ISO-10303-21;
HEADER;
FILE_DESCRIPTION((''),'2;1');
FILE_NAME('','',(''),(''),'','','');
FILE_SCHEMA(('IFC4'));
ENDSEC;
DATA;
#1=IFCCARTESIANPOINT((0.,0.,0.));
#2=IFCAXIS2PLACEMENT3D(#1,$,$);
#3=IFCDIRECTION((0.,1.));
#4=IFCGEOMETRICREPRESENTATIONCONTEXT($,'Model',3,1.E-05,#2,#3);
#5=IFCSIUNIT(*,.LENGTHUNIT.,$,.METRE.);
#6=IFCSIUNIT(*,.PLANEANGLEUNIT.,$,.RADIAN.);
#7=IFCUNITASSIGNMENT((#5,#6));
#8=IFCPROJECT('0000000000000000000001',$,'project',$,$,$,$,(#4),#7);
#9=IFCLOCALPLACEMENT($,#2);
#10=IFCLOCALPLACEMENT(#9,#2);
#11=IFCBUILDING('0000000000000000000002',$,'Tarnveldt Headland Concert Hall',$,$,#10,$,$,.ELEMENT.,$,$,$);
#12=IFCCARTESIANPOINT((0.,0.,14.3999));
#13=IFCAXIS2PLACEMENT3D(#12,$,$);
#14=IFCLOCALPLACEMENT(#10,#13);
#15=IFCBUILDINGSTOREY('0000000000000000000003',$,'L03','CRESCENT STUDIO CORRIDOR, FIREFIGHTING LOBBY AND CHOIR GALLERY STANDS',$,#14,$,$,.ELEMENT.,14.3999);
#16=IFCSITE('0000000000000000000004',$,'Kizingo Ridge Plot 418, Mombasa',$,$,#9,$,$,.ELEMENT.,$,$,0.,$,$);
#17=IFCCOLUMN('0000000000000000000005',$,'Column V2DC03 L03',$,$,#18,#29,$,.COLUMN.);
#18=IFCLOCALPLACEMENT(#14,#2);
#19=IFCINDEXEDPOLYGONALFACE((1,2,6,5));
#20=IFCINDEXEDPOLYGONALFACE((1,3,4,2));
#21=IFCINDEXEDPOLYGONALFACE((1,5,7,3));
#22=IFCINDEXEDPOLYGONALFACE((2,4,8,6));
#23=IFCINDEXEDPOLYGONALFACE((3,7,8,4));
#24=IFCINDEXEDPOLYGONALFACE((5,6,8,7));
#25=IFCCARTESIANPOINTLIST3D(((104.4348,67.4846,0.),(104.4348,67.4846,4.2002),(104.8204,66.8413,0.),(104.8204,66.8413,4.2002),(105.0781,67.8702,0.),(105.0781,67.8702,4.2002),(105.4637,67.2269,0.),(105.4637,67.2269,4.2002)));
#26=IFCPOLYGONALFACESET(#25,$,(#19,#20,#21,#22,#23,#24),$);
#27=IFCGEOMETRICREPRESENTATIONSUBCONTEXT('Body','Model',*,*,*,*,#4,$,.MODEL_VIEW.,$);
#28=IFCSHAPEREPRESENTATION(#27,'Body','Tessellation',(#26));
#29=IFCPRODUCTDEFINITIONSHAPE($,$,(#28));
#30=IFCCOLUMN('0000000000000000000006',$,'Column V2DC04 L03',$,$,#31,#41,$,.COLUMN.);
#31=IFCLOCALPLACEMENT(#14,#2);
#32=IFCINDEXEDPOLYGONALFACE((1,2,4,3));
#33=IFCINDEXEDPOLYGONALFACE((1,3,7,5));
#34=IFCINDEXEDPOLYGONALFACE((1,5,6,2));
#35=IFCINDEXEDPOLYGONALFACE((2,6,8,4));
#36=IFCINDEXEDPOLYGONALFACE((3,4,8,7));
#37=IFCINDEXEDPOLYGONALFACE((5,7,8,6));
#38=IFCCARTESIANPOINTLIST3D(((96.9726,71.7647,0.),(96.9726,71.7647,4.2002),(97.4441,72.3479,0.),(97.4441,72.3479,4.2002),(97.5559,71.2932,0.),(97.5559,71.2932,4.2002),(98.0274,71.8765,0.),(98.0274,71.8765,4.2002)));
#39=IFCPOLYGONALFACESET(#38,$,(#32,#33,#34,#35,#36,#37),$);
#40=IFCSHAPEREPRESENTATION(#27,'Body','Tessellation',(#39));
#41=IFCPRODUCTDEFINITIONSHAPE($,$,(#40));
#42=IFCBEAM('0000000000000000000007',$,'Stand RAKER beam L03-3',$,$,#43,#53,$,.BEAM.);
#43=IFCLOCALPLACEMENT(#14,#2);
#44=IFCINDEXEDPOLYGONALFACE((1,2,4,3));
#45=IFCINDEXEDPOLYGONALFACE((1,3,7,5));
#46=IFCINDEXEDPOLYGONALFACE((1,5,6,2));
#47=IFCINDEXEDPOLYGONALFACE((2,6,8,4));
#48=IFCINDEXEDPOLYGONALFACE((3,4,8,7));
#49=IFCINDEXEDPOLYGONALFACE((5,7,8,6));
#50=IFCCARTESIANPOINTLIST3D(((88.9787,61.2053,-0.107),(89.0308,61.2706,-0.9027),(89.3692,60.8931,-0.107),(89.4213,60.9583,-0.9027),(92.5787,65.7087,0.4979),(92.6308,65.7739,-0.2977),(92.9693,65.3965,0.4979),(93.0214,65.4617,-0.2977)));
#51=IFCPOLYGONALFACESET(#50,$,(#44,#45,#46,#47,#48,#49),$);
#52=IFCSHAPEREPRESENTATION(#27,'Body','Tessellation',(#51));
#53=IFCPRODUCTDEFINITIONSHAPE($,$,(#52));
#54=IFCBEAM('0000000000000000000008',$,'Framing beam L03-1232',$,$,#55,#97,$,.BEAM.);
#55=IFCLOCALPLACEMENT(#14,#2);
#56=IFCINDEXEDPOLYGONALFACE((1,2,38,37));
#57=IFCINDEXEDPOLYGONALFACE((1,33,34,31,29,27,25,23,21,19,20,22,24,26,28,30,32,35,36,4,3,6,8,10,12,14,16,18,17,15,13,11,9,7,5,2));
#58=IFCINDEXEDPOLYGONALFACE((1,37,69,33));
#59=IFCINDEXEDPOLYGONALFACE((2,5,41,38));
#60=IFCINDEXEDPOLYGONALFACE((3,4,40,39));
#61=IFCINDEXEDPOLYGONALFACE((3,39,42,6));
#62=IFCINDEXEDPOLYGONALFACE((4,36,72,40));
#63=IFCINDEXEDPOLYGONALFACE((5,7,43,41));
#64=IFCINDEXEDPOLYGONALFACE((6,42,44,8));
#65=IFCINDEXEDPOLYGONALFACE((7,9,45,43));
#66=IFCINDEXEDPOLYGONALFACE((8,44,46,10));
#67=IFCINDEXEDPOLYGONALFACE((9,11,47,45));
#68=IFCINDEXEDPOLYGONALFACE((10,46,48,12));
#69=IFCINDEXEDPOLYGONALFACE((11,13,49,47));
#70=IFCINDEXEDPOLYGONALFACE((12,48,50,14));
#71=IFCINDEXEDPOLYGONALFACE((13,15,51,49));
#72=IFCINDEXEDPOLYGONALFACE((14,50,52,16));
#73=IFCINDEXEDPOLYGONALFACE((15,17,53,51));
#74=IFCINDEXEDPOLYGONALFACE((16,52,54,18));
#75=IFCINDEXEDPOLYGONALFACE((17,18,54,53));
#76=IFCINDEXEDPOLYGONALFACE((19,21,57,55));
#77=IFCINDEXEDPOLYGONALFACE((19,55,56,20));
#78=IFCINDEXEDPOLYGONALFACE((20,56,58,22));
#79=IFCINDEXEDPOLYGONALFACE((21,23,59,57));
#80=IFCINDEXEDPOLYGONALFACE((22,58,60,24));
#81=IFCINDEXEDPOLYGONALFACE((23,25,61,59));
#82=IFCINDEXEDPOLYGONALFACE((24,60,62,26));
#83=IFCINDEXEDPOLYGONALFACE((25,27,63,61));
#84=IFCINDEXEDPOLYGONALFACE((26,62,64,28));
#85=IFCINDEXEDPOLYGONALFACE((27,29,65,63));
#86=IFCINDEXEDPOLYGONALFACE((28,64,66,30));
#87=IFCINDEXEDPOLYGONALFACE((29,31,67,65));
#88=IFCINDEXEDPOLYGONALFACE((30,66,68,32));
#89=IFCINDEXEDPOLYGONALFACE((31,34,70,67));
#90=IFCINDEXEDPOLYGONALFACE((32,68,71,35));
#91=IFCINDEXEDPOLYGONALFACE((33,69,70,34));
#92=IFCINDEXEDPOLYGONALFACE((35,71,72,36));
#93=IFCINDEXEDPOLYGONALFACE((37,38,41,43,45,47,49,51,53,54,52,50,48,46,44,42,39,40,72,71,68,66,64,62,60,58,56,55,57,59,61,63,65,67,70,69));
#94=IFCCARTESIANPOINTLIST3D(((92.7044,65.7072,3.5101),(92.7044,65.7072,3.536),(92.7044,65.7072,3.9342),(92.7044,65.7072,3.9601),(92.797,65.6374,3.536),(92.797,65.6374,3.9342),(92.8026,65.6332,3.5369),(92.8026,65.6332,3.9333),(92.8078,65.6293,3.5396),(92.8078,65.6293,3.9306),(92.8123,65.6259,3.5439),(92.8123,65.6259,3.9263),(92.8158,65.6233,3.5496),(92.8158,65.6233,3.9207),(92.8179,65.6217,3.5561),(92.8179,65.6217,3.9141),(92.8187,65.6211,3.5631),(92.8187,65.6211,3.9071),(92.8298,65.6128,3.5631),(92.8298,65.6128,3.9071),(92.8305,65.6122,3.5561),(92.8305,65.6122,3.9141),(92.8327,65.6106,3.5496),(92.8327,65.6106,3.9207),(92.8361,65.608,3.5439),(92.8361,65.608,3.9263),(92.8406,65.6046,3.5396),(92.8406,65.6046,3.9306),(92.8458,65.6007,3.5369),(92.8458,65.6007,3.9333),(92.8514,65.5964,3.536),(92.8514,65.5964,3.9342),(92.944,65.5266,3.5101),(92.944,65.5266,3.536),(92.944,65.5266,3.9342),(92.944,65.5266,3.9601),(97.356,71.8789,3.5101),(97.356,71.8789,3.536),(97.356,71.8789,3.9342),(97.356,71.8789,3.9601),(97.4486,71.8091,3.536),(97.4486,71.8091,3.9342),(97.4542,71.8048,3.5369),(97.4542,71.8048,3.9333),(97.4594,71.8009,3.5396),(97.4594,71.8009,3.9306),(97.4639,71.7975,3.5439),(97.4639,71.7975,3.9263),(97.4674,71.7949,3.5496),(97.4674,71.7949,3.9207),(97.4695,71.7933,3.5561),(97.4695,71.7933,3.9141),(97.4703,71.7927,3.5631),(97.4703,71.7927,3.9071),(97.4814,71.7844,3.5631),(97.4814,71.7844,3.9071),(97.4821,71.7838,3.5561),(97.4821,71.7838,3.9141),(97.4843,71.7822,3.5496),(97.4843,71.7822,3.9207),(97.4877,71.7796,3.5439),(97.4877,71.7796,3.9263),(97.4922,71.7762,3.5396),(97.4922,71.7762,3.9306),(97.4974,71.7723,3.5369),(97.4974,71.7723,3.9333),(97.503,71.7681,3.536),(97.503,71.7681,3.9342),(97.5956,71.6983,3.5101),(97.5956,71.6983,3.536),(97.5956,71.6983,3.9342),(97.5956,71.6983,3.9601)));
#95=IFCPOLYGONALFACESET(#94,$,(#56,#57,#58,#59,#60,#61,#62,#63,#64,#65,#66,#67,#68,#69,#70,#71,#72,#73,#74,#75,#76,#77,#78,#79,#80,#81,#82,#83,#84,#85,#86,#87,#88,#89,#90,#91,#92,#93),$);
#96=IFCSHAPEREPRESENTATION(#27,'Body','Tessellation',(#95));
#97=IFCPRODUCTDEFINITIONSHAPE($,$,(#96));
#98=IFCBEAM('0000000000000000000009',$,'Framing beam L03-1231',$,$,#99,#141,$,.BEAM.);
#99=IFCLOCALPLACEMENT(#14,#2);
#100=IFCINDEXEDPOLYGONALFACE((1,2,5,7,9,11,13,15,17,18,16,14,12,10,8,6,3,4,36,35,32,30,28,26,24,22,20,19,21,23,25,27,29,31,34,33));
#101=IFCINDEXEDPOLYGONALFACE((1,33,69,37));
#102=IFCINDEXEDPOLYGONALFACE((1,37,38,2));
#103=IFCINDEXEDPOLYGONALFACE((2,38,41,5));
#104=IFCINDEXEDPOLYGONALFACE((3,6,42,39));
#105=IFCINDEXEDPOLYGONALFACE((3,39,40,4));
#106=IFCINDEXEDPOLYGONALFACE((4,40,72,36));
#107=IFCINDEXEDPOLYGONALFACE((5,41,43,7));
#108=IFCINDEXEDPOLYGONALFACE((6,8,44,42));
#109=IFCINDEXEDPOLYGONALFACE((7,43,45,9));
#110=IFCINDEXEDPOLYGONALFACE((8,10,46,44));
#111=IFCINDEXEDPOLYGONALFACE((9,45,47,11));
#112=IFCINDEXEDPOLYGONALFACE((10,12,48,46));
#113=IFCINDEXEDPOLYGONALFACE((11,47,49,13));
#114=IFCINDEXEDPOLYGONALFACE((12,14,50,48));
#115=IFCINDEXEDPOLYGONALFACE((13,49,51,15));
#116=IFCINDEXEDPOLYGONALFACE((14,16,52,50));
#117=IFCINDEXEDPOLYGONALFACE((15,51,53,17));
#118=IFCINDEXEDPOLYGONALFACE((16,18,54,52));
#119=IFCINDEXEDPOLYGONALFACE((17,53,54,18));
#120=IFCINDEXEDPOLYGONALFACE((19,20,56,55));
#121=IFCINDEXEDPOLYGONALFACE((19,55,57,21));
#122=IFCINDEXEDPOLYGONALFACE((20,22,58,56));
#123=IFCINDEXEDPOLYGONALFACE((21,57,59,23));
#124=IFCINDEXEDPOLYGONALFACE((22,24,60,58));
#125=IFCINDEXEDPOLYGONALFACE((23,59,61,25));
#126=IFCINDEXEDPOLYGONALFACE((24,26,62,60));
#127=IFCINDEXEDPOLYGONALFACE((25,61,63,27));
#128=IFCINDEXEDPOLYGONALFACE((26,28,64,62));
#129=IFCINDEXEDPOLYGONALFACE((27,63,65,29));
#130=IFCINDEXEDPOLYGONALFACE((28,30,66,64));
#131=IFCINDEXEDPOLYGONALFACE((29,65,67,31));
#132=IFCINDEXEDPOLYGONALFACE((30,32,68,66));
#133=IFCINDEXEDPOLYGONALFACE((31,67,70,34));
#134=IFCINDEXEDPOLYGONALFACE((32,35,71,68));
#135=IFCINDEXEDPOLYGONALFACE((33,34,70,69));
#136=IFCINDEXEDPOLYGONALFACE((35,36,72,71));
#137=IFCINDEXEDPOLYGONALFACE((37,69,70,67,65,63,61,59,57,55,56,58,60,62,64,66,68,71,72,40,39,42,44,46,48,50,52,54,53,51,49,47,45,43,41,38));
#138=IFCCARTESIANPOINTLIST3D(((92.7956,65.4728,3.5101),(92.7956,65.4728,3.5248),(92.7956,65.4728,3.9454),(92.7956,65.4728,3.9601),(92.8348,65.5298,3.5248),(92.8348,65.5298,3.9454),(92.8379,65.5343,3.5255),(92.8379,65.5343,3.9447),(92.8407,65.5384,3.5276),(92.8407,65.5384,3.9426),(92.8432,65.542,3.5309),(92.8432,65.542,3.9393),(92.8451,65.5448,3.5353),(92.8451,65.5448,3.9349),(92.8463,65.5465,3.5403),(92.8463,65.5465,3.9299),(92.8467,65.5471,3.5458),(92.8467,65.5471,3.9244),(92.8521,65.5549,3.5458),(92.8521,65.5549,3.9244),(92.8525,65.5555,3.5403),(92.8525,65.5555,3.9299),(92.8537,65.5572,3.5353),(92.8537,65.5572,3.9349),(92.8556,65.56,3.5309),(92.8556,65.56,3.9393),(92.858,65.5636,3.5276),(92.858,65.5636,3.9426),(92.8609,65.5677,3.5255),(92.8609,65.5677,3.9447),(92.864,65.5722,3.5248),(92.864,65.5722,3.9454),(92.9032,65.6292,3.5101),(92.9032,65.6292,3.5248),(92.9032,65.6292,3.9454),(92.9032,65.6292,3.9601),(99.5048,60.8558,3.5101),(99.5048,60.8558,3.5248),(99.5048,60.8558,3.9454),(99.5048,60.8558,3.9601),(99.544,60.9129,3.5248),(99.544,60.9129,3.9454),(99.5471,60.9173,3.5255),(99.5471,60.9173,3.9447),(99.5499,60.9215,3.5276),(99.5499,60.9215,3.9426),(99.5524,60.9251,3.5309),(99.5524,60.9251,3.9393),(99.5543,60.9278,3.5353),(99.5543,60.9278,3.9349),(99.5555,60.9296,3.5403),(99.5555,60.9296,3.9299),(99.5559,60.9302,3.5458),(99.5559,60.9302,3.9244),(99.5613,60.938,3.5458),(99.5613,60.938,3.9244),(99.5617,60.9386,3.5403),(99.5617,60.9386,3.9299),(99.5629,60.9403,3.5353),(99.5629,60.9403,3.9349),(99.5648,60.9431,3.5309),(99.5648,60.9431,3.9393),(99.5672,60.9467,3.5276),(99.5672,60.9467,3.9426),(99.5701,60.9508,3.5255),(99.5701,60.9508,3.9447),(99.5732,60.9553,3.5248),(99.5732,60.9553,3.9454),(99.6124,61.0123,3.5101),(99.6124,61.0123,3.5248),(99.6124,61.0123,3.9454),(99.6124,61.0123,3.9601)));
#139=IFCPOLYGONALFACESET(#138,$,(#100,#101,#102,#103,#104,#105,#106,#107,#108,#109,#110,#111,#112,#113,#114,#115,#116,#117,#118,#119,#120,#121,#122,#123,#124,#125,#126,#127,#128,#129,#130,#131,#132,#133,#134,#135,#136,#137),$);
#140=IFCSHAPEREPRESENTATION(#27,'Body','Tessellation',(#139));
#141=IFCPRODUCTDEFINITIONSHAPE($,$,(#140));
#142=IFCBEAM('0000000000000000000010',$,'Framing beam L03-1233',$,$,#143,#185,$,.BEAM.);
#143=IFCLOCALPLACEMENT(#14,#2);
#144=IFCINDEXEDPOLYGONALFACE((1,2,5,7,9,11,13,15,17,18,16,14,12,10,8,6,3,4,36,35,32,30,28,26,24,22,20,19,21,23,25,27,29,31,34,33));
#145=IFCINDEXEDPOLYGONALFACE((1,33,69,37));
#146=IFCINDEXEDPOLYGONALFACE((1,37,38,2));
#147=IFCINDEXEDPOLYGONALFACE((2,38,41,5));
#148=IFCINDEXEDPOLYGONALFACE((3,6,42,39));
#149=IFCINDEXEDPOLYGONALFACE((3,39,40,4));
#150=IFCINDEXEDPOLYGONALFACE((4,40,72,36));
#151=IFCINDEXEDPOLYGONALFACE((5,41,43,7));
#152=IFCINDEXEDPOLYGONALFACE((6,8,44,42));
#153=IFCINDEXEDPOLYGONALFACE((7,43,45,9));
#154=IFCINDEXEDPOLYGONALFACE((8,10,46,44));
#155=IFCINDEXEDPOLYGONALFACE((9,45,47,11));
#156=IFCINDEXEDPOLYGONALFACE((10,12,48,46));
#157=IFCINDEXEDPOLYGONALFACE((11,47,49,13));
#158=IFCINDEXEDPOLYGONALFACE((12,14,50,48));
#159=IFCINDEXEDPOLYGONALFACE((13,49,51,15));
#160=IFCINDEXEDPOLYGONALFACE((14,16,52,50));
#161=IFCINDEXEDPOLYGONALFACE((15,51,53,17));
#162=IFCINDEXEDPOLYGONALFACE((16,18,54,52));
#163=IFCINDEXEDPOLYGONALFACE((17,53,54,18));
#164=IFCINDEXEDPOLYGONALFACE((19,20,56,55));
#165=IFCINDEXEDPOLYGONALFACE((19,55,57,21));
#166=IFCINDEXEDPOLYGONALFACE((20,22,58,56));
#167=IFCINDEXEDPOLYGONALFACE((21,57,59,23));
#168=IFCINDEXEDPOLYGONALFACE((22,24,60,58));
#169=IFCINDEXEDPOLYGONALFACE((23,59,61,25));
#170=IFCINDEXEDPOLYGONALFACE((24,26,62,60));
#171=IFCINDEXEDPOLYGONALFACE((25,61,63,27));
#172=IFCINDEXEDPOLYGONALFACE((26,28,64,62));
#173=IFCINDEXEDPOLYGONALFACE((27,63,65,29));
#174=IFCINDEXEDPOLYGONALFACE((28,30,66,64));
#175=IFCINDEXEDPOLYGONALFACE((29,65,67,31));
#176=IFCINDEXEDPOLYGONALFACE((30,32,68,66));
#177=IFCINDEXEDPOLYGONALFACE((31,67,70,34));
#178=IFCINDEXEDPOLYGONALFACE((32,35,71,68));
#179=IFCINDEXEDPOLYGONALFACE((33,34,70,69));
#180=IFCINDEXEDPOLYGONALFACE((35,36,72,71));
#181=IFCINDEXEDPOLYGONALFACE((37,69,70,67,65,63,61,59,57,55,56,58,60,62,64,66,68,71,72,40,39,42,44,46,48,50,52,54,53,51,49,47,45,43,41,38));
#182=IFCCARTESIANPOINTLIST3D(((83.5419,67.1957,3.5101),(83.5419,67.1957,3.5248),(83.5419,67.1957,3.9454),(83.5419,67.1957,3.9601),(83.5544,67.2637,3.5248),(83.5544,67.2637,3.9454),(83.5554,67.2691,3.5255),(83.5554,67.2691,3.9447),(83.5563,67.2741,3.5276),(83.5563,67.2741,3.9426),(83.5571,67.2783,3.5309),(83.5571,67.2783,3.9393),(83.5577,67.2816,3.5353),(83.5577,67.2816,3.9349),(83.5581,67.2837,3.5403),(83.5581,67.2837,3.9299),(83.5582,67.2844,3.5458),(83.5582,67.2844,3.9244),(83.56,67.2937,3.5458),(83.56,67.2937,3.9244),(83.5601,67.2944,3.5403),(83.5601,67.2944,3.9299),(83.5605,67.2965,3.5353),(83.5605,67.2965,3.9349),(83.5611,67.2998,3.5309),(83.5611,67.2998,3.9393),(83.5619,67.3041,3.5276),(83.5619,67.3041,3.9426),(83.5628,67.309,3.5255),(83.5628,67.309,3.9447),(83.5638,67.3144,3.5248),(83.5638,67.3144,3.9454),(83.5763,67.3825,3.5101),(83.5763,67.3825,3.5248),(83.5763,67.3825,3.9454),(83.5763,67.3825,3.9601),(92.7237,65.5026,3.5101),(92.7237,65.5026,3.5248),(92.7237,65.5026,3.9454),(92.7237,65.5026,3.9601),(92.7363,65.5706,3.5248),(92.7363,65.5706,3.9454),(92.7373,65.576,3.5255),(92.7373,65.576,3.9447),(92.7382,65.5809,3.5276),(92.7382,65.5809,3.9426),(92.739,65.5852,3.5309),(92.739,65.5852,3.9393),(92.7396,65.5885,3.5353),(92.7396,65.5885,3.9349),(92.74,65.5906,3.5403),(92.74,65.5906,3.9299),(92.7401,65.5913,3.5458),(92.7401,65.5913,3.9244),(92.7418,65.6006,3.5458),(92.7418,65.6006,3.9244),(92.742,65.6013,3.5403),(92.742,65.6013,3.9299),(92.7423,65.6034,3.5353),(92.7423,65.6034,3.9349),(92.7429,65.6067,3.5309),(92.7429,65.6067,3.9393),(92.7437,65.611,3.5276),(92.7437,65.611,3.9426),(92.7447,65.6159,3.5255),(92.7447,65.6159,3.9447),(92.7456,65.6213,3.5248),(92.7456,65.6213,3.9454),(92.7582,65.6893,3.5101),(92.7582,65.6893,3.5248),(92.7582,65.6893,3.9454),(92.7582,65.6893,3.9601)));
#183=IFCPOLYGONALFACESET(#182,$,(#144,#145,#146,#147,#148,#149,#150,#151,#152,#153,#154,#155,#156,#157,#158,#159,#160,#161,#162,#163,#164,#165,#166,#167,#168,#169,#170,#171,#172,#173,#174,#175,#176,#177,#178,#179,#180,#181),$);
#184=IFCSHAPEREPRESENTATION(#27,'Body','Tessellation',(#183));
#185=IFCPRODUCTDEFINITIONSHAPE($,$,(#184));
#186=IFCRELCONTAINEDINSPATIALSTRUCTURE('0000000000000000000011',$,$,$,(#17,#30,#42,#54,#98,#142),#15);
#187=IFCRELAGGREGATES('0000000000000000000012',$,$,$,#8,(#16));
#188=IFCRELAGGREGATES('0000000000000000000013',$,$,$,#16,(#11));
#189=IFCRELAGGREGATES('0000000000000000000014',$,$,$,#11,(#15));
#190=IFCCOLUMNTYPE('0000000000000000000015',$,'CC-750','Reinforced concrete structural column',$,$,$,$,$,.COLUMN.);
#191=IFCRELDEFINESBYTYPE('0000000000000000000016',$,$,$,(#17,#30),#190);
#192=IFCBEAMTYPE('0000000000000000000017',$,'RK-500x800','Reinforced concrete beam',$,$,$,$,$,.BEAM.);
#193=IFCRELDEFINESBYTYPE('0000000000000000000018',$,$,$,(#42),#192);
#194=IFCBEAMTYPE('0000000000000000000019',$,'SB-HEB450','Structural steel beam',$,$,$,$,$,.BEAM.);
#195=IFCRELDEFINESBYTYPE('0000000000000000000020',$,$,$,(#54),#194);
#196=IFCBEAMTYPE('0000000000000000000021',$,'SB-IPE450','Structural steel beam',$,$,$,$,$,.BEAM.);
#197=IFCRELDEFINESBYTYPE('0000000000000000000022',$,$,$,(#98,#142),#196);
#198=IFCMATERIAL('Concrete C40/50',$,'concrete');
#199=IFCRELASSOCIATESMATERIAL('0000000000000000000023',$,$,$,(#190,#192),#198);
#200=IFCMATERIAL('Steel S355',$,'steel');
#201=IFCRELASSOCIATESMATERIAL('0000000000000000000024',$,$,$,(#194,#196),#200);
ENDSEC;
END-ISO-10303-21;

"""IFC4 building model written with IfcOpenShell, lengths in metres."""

from ifc_helpers import new_model, si_unit, direction, frame, origin, origin_2d, place, context, subcontext, project, spatial, rectangle, i_section, extrude, material, material_profile, profile_set, type_object, element, save


model = new_model("IFC4")

# Units and contexts
model_context = context("Model", 3, precision=1e-05, world=origin(), true_north=direction((0.0, 1.0)))
body_context = subcontext(model_context, "Body", "Model", "MODEL_VIEW")
ifc_project = project(units=[si_unit("LENGTHUNIT", "METRE"), si_unit("PLANEANGLEUNIT", "RADIAN")], contexts=[model_context])

# Site, building, storey
site_placement = place(None, origin())
site = spatial("IfcSite", under=ifc_project, at=site_placement, Name="Kizingo Ridge Plot 418, Mombasa", CompositionType="ELEMENT", RefElevation=0.0)
building_placement = place(site_placement, origin())
building = spatial("IfcBuilding", under=site, at=building_placement, Name="Tarnveldt Headland Concert Hall", CompositionType="ELEMENT")
storey_placement = place(building_placement, frame((0.0, 0.0, 14.3999)))
storey = spatial("IfcBuildingStorey", under=building, at=storey_placement, Name="L03", Description="CRESCENT STUDIO CORRIDOR, FIREFIGHTING LOBBY AND CHOIR GALLERY STANDS", CompositionType="ELEMENT", Elevation=14.3999)

# Columns
ifc_material_1 = material(Name="Concrete C40/50", Category="concrete")
ifc_material_profile_1 = material_profile(ifc_material_1, rectangle(XDim=0.75, YDim=0.75, at=origin_2d()), Name="RC 750x750", Category="concrete")
ifc_profile_set_1 = profile_set([ifc_material_profile_1], Name="Concrete C40/50")
column_type_1 = type_object("IfcColumnType", Name="CC-750", Description="Reinforced concrete structural column", PredefinedType="COLUMN", material=ifc_profile_set_1)
for number, where, z_axis, x_axis, name in (
    (1, (104.9492, 67.3557, 0.0), (0.0, 0.0, 1.0), (0.857706, 0.51414, 0.0), "Column V2DC03 L03"),
    (2, (97.5, 71.8206, 0.0), (0.0, 0.0, 1.0), (0.628642, 0.777695, 0.0), "Column V2DC04 L03"),
):
    element("IfcColumn", number, at=place(storey_placement, frame(where, z_axis=z_axis, x_axis=x_axis)), inside=storey, type_object=column_type_1, Name=name, PredefinedType="COLUMN", context=body_context, shape_type="SweptSolid", body=[
        extrude(rectangle(XDim=0.75, YDim=0.75, at=origin_2d()), origin(), (0.0, 0.0, 1.0), 4.2002),
    ])

# Beams
ifc_material_profile_2 = material_profile(ifc_material_1, rectangle(XDim=0.5, YDim=0.8, at=origin_2d()), Name="RAKER RC 500x800", Category="concrete")
ifc_profile_set_2 = profile_set([ifc_material_profile_2], Name="Concrete C40/50")
beam_type_1 = type_object("IfcBeamType", Name="RK-500x800", Description="Reinforced concrete beam", PredefinedType="BEAM", material=ifc_profile_set_2)
beam_1_placement = place(storey_placement, frame((92.8, 65.5852, 0.1001), z_axis=(-0.621007, -0.776827, -0.104357), x_axis=(0.781092, -0.624416, 0.0)))
element("IfcBeam", 3, at=beam_1_placement, inside=storey, type_object=beam_type_1, Name="Stand RAKER beam L03-3", PredefinedType="BEAM", context=body_context, shape_type="SweptSolid", body=[
    extrude(rectangle(XDim=0.5, YDim=0.8, at=origin_2d()), origin(), (0.0, 0.0, 1.0), 5.7971),
])
ifc_material_2 = material(Name="Steel S355", Category="steel")
ifc_material_profile_3 = material_profile(ifc_material_2, i_section(OverallWidth=0.3, OverallDepth=0.45, WebThickness=0.0139, FlangeThickness=0.0259, FilletRadius=0.0271, at=origin_2d()), Name="HEB450", Category="steel")
ifc_profile_set_3 = profile_set([ifc_material_profile_3], Name="Steel S355")
beam_type_2 = type_object("IfcBeamType", Name="SB-HEB450", Description="Structural steel beam", PredefinedType="BEAM", material=ifc_profile_set_3)
beam_2_placement = place(storey_placement, frame((92.8242, 65.6169, 3.7351), z_axis=(0.601894, 0.798576, 0.0), x_axis=(-0.798576, 0.601894, 0.0)))
element("IfcBeam", 4, at=beam_2_placement, inside=storey, type_object=beam_type_2, Name="Framing beam L03-1232", PredefinedType="BEAM", context=body_context, shape_type="SweptSolid", body=[
    extrude(i_section(OverallWidth=0.3, OverallDepth=0.45, WebThickness=0.0139, FlangeThickness=0.0259, FilletRadius=0.0271, at=origin_2d()), origin(), (0.0, 0.0, 1.0), 7.7283),
])
ifc_material_profile_4 = material_profile(ifc_material_2, i_section(OverallWidth=0.1899, OverallDepth=0.45, WebThickness=0.0095, FlangeThickness=0.0146, FilletRadius=0.021, at=origin_2d()), Name="IPE450", Category="steel")
ifc_profile_set_4 = profile_set([ifc_material_profile_4], Name="Steel S355")
beam_type_3 = type_object("IfcBeamType", Name="SB-IPE450", Description="Structural steel beam", PredefinedType="BEAM", material=ifc_profile_set_4)
beam_3_placement = place(storey_placement, frame((99.5586, 60.9341, 3.7351), z_axis=(-0.823793, 0.566891, 0.0), x_axis=(-0.566891, -0.823793, 0.0)))
element("IfcBeam", 5, at=beam_3_placement, inside=storey, type_object=beam_type_3, Name="Framing beam L03-1231", PredefinedType="BEAM", context=body_context, shape_type="SweptSolid", body=[
    extrude(i_section(OverallWidth=0.1899, OverallDepth=0.45, WebThickness=0.0095, FlangeThickness=0.0146, FilletRadius=0.021, at=origin_2d()), origin(), (0.0, 0.0, 1.0), 8.1443),
])
beam_4_placement = place(storey_placement, frame((92.741, 65.5959, 3.7351), z_axis=(-0.98342, 0.18134, 0.0), x_axis=(-0.18134, -0.98342, 0.0)))
element("IfcBeam", 6, at=beam_4_placement, inside=storey, type_object=beam_type_3, Name="Framing beam L03-1233", PredefinedType="BEAM", context=body_context, shape_type="SweptSolid", body=[
    extrude(i_section(OverallWidth=0.1899, OverallDepth=0.45, WebThickness=0.0095, FlangeThickness=0.0146, FilletRadius=0.021, at=origin_2d()), origin(), (0.0, 0.0, 1.0), 9.3367),
])

save(model, "model.ifc")
